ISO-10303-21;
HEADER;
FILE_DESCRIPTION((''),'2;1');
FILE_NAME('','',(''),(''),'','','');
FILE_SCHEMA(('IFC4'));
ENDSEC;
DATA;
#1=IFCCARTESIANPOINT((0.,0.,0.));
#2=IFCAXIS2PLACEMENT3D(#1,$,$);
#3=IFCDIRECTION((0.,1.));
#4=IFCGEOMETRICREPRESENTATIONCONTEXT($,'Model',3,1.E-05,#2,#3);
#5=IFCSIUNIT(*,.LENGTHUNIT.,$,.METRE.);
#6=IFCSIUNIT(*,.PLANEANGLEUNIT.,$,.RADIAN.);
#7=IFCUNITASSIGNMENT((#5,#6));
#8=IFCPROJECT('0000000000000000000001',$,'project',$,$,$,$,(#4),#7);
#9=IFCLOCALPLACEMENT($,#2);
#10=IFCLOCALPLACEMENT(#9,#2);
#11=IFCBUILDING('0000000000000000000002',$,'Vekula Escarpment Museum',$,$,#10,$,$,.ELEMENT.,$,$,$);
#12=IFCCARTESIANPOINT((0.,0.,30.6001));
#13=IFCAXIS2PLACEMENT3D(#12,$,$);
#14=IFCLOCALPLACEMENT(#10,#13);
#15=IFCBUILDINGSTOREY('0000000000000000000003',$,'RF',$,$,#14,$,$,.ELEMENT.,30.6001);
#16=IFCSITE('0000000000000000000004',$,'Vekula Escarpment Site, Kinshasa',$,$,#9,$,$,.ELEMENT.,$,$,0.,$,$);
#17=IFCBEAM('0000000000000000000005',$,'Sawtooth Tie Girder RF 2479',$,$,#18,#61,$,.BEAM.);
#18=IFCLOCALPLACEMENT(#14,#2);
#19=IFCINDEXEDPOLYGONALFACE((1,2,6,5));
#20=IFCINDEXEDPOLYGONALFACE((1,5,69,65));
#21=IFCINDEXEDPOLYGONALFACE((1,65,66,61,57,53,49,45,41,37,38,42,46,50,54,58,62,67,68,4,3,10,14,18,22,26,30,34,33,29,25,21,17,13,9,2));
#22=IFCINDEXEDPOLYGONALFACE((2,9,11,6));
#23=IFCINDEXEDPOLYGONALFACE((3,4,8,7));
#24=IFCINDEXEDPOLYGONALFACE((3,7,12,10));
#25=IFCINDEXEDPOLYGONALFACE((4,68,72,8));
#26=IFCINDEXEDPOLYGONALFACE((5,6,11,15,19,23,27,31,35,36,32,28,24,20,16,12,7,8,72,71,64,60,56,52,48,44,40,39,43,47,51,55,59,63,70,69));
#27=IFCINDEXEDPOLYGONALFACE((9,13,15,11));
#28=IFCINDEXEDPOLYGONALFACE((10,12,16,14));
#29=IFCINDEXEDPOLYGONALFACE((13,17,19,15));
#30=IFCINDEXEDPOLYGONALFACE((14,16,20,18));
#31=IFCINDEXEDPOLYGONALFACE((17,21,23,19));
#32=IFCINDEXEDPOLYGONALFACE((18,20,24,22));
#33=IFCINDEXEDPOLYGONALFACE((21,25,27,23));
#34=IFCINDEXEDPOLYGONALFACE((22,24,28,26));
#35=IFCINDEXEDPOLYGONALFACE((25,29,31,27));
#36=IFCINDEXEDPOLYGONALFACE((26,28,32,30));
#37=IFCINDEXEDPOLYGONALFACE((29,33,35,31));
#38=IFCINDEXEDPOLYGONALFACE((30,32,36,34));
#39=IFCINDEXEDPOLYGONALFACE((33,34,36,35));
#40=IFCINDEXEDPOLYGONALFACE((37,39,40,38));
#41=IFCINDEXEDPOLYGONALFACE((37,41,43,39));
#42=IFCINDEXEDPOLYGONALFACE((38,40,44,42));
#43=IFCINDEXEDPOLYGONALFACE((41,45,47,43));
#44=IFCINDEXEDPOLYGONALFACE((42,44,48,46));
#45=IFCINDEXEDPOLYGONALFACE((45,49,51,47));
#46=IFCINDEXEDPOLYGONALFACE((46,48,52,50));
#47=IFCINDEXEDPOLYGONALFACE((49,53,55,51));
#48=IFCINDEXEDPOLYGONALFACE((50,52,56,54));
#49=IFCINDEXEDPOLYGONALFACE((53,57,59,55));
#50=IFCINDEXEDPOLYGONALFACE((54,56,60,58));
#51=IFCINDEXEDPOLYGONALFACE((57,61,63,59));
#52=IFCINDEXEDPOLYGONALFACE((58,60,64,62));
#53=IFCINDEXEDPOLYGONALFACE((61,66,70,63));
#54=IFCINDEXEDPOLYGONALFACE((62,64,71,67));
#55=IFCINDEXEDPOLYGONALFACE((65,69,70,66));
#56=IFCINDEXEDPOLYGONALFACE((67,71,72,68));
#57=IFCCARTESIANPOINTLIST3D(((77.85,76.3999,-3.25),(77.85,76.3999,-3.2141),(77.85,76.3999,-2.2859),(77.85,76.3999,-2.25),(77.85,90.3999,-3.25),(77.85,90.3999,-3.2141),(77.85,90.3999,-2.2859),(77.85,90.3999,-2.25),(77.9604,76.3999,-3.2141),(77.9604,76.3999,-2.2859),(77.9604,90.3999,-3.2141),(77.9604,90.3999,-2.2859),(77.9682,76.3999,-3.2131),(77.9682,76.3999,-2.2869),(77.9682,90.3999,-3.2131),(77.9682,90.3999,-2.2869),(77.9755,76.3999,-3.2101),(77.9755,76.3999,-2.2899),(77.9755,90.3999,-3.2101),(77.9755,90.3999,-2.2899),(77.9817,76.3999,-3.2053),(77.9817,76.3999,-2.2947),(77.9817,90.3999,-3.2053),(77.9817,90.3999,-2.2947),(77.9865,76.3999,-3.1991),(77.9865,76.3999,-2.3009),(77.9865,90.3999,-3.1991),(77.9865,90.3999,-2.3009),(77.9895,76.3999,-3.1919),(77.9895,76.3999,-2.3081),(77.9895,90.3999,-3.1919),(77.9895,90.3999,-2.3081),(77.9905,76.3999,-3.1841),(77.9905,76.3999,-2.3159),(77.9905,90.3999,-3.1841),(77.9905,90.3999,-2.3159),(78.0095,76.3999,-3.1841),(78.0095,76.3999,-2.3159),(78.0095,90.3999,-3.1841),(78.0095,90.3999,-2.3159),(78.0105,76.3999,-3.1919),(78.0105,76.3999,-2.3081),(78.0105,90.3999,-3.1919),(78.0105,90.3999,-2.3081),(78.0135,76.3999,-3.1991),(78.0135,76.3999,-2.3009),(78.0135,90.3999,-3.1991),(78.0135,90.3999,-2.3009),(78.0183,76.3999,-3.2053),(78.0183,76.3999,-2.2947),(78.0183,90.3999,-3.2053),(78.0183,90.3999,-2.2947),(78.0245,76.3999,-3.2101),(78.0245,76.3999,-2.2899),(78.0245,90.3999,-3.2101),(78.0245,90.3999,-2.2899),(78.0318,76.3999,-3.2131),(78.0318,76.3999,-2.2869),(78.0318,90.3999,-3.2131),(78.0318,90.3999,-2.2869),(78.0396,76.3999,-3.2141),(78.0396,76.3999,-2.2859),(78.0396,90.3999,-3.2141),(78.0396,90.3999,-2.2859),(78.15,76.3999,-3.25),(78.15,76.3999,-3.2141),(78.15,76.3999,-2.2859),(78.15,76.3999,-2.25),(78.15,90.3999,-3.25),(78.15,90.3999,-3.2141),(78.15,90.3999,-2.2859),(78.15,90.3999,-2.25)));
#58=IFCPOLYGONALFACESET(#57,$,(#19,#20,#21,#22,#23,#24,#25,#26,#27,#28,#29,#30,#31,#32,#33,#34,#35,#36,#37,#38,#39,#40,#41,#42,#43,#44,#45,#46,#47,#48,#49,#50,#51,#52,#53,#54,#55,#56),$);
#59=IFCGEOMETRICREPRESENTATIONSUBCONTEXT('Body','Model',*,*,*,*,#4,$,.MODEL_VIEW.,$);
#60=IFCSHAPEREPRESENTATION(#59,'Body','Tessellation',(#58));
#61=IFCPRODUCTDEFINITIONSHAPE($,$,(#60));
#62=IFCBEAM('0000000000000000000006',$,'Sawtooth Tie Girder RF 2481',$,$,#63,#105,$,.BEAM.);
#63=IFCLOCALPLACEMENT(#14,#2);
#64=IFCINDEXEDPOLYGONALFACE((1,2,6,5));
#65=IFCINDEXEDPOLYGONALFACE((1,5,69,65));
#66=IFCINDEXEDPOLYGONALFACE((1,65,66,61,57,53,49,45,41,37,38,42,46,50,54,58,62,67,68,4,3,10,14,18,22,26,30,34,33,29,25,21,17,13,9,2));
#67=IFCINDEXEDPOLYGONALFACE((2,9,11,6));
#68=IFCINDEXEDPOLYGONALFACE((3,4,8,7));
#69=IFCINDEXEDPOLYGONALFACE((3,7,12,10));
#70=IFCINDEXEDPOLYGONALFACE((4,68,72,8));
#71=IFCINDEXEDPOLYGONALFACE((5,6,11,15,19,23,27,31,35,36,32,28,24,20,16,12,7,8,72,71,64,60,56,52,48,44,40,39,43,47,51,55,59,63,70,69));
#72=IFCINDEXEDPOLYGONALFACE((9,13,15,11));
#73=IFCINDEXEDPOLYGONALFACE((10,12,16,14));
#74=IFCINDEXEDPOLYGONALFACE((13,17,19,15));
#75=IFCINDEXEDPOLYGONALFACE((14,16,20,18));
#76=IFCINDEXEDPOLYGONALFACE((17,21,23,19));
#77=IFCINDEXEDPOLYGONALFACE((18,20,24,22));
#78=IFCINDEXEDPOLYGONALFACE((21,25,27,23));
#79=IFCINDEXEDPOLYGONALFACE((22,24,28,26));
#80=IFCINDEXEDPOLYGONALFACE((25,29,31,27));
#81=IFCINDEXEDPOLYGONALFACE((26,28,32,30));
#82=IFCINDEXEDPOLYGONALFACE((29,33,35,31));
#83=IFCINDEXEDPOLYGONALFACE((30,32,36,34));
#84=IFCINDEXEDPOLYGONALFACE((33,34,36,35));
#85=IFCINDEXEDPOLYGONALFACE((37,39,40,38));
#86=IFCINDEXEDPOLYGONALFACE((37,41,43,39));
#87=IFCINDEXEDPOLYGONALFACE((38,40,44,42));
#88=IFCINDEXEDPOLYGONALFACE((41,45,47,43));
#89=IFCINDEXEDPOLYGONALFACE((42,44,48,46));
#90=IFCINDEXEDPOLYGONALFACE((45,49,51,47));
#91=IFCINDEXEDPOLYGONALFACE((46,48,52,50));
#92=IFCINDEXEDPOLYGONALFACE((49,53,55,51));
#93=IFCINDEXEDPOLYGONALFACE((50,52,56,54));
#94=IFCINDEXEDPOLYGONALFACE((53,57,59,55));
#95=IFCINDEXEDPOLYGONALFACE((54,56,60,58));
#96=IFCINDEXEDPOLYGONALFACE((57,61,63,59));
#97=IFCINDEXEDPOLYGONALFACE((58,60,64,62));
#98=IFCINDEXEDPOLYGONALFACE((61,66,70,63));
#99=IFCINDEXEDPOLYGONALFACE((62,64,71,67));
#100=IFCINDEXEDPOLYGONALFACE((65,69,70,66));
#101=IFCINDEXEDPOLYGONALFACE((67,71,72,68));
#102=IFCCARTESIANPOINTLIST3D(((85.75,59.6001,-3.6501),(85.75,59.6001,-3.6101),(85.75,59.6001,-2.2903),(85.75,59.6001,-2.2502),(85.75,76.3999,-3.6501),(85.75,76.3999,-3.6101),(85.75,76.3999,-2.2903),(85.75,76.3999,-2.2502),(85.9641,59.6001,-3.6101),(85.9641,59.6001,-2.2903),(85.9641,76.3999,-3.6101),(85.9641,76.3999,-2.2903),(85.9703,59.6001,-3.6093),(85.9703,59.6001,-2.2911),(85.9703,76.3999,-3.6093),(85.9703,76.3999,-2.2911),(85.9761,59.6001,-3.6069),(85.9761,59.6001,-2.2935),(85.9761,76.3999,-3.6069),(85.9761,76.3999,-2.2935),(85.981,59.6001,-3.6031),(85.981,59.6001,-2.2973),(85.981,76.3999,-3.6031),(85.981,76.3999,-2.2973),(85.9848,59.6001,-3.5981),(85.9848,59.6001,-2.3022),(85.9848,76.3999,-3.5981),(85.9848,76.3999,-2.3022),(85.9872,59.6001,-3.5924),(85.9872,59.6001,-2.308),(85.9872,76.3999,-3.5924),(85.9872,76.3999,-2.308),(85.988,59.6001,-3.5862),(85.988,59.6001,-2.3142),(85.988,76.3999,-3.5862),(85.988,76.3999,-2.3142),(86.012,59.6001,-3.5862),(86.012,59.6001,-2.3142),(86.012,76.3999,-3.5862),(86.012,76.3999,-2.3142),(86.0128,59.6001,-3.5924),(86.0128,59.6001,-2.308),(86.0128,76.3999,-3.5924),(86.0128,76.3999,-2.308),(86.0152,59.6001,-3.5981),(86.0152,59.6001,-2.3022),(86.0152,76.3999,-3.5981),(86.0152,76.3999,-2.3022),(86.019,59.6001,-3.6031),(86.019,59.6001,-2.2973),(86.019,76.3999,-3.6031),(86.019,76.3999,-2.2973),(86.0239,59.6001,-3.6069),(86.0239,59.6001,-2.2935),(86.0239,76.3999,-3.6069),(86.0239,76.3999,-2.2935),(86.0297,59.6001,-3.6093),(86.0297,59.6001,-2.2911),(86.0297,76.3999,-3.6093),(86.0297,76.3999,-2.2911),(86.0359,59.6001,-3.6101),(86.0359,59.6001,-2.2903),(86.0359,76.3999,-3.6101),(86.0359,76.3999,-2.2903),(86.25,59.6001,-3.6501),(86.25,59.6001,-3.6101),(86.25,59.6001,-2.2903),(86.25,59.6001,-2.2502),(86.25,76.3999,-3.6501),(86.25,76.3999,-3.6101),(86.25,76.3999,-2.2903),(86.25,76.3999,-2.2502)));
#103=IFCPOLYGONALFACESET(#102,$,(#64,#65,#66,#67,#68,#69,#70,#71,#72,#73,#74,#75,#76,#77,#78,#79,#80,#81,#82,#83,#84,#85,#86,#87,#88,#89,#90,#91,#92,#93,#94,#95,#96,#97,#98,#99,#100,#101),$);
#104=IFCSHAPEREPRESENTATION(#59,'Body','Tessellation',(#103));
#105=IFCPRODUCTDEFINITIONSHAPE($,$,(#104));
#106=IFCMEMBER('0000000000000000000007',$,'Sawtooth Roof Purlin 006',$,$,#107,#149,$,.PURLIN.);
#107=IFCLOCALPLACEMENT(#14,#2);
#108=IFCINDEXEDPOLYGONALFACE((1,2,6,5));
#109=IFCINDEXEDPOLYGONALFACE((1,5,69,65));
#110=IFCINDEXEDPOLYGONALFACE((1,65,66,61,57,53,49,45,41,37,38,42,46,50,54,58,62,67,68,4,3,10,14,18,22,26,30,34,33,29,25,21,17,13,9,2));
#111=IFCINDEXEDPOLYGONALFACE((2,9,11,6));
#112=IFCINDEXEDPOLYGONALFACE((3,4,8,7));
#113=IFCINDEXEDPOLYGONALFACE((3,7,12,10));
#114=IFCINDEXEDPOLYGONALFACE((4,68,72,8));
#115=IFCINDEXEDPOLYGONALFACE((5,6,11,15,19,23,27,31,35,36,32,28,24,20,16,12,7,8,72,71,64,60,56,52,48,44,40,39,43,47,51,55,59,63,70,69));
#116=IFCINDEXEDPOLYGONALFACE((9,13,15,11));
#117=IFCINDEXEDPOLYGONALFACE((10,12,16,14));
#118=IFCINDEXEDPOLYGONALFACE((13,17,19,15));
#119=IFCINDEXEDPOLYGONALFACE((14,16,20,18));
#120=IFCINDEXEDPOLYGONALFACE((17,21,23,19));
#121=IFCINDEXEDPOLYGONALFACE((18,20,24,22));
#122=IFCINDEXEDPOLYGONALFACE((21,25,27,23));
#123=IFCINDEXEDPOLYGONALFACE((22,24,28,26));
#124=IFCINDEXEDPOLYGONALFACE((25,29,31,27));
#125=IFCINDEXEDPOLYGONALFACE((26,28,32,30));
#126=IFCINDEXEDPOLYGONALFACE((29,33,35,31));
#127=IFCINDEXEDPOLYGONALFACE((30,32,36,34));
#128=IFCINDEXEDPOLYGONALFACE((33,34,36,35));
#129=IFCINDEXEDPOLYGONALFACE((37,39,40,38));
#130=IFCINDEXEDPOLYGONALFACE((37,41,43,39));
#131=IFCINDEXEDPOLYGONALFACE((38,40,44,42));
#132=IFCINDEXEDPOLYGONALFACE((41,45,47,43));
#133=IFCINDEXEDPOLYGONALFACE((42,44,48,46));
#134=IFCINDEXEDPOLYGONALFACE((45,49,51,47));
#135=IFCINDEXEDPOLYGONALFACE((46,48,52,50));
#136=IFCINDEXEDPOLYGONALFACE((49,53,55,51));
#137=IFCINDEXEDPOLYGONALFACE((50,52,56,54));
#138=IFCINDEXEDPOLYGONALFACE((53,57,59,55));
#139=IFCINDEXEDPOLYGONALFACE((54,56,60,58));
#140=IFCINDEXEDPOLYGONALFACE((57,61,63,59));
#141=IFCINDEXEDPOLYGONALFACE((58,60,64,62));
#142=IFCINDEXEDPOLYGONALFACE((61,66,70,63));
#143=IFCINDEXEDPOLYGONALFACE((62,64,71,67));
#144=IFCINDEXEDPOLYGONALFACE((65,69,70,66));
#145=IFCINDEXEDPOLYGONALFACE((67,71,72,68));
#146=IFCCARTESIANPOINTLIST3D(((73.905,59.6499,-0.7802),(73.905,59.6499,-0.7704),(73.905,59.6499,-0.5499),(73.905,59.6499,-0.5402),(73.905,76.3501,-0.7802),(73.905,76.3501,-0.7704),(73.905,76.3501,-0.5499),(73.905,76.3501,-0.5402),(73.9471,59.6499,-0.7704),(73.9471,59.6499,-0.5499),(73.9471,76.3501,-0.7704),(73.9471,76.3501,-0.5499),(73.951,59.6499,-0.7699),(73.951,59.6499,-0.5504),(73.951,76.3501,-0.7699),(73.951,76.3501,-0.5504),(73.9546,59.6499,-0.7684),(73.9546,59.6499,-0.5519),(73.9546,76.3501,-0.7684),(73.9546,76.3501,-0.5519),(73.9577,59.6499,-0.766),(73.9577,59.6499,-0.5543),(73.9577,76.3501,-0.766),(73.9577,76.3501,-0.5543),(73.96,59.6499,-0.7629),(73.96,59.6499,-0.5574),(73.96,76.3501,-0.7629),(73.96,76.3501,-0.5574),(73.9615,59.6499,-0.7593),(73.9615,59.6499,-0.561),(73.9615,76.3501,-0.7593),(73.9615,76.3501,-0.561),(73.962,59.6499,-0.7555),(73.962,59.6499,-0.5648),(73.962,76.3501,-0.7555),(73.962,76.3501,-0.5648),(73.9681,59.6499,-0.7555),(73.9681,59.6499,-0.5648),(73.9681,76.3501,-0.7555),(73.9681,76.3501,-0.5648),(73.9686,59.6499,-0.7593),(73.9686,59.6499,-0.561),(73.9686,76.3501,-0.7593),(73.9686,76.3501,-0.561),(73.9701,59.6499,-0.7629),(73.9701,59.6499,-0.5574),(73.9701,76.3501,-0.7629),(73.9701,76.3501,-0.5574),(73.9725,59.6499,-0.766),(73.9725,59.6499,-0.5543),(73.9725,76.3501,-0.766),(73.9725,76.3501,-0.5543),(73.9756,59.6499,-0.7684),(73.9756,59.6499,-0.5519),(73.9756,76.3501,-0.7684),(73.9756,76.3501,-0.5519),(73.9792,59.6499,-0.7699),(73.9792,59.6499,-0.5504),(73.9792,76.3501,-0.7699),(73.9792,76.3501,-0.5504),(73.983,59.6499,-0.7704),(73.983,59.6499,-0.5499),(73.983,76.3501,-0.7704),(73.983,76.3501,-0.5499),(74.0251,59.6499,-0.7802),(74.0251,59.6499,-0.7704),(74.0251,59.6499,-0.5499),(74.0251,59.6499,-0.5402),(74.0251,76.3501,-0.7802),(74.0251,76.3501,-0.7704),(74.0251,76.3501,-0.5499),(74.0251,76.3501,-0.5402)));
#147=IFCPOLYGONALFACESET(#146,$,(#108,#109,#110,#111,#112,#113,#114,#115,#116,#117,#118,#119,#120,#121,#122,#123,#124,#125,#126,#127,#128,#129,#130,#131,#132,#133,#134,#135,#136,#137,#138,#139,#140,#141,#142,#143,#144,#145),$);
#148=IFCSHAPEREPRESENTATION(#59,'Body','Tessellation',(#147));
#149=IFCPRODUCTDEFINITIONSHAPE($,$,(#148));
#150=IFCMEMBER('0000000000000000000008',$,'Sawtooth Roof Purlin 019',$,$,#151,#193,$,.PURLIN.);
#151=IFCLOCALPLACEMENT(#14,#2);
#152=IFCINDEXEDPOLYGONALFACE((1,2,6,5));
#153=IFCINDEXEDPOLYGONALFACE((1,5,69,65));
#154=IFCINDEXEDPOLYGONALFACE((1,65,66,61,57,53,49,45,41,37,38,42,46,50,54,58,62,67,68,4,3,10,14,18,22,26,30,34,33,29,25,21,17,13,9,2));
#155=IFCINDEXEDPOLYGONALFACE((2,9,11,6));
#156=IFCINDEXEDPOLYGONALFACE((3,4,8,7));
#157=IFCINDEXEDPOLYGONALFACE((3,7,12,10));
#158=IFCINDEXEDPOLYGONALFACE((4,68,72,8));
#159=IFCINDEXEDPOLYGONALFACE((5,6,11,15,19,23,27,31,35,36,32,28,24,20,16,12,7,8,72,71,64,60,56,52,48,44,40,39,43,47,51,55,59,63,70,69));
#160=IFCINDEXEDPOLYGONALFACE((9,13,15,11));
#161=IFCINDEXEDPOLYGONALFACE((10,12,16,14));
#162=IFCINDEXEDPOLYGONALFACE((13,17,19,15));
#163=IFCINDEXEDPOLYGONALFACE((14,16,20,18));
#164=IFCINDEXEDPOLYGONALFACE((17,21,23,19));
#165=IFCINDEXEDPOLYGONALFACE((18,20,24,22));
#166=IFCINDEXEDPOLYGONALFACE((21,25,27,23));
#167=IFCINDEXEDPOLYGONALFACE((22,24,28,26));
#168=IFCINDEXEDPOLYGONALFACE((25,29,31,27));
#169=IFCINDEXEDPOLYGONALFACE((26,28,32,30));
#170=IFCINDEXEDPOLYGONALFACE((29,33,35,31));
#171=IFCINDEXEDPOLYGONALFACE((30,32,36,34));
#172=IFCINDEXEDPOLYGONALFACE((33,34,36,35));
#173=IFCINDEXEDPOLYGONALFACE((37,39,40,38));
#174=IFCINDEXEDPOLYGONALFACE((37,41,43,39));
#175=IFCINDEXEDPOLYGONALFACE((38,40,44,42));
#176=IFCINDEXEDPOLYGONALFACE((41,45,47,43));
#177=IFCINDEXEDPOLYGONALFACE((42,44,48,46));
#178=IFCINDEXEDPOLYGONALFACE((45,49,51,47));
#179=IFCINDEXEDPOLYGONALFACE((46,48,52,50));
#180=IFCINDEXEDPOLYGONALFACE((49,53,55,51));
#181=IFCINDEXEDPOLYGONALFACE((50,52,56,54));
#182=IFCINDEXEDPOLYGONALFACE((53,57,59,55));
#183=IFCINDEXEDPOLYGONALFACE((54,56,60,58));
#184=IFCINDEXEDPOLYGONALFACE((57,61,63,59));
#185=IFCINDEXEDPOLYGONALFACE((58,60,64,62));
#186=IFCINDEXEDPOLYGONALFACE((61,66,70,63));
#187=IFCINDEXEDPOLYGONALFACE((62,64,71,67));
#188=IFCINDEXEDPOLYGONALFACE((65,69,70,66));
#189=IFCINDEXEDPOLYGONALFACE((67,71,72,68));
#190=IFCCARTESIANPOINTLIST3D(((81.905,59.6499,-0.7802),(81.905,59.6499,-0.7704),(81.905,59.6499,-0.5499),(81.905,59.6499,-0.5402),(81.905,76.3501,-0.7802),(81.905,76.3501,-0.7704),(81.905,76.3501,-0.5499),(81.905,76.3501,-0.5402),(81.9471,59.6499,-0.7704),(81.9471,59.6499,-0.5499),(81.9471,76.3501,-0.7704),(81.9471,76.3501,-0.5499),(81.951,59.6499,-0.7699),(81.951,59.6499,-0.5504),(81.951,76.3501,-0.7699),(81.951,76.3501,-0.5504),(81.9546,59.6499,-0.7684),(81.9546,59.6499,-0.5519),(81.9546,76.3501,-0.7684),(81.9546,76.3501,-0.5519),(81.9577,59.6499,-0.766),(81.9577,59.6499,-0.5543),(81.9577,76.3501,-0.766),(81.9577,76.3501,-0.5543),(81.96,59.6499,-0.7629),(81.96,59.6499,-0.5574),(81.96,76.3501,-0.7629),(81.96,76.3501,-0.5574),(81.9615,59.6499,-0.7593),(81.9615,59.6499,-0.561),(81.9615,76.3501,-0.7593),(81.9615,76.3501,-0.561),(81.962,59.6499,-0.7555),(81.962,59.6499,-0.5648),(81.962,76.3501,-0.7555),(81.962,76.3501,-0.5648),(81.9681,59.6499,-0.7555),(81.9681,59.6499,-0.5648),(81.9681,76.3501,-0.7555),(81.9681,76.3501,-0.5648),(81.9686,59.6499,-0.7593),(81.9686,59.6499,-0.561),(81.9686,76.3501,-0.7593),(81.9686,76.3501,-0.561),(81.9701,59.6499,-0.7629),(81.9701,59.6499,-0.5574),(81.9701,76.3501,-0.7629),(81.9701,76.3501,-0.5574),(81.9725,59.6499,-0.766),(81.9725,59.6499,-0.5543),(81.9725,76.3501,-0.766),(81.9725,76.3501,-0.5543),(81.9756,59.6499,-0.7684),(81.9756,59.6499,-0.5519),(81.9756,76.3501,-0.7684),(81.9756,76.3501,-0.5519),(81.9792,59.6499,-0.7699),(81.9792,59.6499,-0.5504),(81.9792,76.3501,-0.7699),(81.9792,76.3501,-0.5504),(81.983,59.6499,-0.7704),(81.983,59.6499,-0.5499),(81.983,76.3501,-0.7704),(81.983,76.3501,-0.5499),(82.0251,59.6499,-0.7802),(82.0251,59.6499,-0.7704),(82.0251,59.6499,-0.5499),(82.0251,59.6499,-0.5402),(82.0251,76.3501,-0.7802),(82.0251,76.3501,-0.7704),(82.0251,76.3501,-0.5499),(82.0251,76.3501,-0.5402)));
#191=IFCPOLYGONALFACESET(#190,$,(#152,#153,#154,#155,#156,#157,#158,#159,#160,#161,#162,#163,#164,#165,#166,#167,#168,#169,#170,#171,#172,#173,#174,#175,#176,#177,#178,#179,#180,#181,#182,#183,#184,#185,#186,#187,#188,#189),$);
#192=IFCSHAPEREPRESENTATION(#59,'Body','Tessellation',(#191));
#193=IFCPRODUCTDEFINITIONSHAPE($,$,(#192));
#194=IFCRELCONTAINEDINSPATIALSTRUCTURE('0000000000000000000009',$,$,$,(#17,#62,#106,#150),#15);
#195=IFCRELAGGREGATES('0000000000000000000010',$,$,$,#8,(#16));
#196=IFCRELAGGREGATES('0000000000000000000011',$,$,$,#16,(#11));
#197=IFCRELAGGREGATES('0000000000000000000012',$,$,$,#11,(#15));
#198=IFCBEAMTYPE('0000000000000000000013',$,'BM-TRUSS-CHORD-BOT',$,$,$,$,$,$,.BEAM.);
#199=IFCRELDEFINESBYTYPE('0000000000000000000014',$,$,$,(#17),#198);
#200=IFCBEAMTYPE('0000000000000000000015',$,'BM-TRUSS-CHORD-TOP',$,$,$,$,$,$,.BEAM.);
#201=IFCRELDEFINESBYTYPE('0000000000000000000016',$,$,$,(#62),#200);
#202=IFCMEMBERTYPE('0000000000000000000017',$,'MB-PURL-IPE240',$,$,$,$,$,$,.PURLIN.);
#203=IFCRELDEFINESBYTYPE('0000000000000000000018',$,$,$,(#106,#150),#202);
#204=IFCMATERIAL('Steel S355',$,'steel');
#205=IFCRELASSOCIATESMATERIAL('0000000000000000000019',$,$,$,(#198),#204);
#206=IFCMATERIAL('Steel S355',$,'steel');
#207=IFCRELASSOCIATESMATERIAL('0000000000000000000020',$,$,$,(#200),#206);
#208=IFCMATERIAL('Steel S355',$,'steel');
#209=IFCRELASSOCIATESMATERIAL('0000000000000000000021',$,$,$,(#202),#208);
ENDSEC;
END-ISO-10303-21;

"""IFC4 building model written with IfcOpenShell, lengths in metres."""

from ifc_helpers import new_model, si_unit, direction, frame, origin, origin_2d, place, context, subcontext, project, spatial, i_section, extrude, material, material_profile, profile_set, type_object, element, save


model = new_model("IFC4")

# Units and contexts
model_context = context("Model", 3, precision=1e-05, world=origin(), true_north=direction((0.0, 1.0)))
body_context = subcontext(model_context, "Body", "Model", "MODEL_VIEW")
ifc_project = project(units=[si_unit("LENGTHUNIT", "METRE"), si_unit("PLANEANGLEUNIT", "RADIAN")], contexts=[model_context])

# Site, building, storey
site_placement = place(None, origin())
site = spatial("IfcSite", under=ifc_project, at=site_placement, Name="Vekula Escarpment Site, Kinshasa", CompositionType="ELEMENT", RefElevation=0.0)
building_placement = place(site_placement, origin())
building = spatial("IfcBuilding", under=site, at=building_placement, Name="Vekula Escarpment Museum", CompositionType="ELEMENT")
storey_placement = place(building_placement, frame((0.0, 0.0, 30.6001)))
storey = spatial("IfcBuildingStorey", under=building, at=storey_placement, Name="RF", CompositionType="ELEMENT", Elevation=30.6001)

# Beams
ifc_material_1 = material(Name="Steel S355", Category="steel")
ifc_material_profile_1 = material_profile(ifc_material_1, i_section(OverallWidth=0.3, OverallDepth=1.0, WebThickness=0.019, FlangeThickness=0.0359, FilletRadius=0.03, at=origin_2d()), Name="HEB 1000")
ifc_profile_set_1 = profile_set([ifc_material_profile_1], Name="Steel S355")
beam_type_1 = type_object("IfcBeamType", Name="BM-TRUSS-CHORD-BOT", PredefinedType="BEAM", material=ifc_profile_set_1)
for number, where, z_axis, x_axis, name in (
    (1, (78.0, 76.3999, -2.75), (0.0, 1.0, 0.0), (-1.0, 0.0, 0.0), "Sawtooth Tie Girder RF 2479"),
):
    element("IfcBeam", number, at=place(storey_placement, frame(where, z_axis=z_axis, x_axis=x_axis)), inside=storey, type_object=beam_type_1, Name=name, PredefinedType="BEAM", context=body_context, shape_type="SweptSolid", body=[
        extrude(i_section(OverallWidth=0.3, OverallDepth=1.0, WebThickness=0.019, FlangeThickness=0.0359, FilletRadius=0.03, at=origin_2d()), origin(), (0.0, 0.0, 1.0), 14.0),
    ])
ifc_material_2 = material(Name="Steel S355", Category="steel")
ifc_material_profile_2 = material_profile(ifc_material_2, i_section(OverallWidth=0.5, OverallDepth=1.3999, WebThickness=0.0239, FlangeThickness=0.04, FilletRadius=0.0239, at=origin_2d()), Name="WPG 1400x500")
ifc_profile_set_2 = profile_set([ifc_material_profile_2], Name="Steel S355")
beam_type_2 = type_object("IfcBeamType", Name="BM-TRUSS-CHORD-TOP", PredefinedType="BEAM", material=ifc_profile_set_2)
beam_placement = place(storey_placement, frame((86.0, 59.6001, -2.9502), z_axis=(0.0, 1.0, 0.0), x_axis=(-1.0, 0.0, 0.0)))
element("IfcBeam", 2, at=beam_placement, inside=storey, type_object=beam_type_2, Name="Sawtooth Tie Girder RF 2481", PredefinedType="BEAM", context=body_context, shape_type="SweptSolid", body=[
    extrude(i_section(OverallWidth=0.5, OverallDepth=1.3999, WebThickness=0.0239, FlangeThickness=0.04, FilletRadius=0.0239, at=origin_2d()), origin(), (0.0, 0.0, 1.0), 16.7998),
])

# Members
ifc_material_3 = material(Name="Steel S355", Category="steel")
ifc_material_profile_3 = material_profile(ifc_material_3, i_section(OverallWidth=0.1201, OverallDepth=0.24, WebThickness=0.0061, FlangeThickness=0.0098, FilletRadius=0.0149, at=origin_2d()), Name="IPE 240")
ifc_profile_set_3 = profile_set([ifc_material_profile_3], Name="Steel S355")
member_type_1 = type_object("IfcMemberType", Name="MB-PURL-IPE240", PredefinedType="PURLIN", material=ifc_profile_set_3)
for number, where, z_axis, x_axis, name in (
    (3, (73.9651, 59.6499, -0.6602), (0.0, 1.0, 0.0), (-1.0, 0.0, 0.0), "Sawtooth Roof Purlin 006"),
    (4, (81.9651, 59.6499, -0.6602), (0.0, 1.0, 0.0), (-1.0, 0.0, 0.0), "Sawtooth Roof Purlin 019"),
):
    element("IfcMember", number, at=place(storey_placement, frame(where, z_axis=z_axis, x_axis=x_axis)), inside=storey, type_object=member_type_1, Name=name, PredefinedType="PURLIN", context=body_context, shape_type="SweptSolid", body=[
        extrude(i_section(OverallWidth=0.1201, OverallDepth=0.24, WebThickness=0.0061, FlangeThickness=0.0098, FilletRadius=0.0149, at=origin_2d()), origin(), (0.0, 0.0, 1.0), 16.7002),
    ])

save(model, "model.ifc")
